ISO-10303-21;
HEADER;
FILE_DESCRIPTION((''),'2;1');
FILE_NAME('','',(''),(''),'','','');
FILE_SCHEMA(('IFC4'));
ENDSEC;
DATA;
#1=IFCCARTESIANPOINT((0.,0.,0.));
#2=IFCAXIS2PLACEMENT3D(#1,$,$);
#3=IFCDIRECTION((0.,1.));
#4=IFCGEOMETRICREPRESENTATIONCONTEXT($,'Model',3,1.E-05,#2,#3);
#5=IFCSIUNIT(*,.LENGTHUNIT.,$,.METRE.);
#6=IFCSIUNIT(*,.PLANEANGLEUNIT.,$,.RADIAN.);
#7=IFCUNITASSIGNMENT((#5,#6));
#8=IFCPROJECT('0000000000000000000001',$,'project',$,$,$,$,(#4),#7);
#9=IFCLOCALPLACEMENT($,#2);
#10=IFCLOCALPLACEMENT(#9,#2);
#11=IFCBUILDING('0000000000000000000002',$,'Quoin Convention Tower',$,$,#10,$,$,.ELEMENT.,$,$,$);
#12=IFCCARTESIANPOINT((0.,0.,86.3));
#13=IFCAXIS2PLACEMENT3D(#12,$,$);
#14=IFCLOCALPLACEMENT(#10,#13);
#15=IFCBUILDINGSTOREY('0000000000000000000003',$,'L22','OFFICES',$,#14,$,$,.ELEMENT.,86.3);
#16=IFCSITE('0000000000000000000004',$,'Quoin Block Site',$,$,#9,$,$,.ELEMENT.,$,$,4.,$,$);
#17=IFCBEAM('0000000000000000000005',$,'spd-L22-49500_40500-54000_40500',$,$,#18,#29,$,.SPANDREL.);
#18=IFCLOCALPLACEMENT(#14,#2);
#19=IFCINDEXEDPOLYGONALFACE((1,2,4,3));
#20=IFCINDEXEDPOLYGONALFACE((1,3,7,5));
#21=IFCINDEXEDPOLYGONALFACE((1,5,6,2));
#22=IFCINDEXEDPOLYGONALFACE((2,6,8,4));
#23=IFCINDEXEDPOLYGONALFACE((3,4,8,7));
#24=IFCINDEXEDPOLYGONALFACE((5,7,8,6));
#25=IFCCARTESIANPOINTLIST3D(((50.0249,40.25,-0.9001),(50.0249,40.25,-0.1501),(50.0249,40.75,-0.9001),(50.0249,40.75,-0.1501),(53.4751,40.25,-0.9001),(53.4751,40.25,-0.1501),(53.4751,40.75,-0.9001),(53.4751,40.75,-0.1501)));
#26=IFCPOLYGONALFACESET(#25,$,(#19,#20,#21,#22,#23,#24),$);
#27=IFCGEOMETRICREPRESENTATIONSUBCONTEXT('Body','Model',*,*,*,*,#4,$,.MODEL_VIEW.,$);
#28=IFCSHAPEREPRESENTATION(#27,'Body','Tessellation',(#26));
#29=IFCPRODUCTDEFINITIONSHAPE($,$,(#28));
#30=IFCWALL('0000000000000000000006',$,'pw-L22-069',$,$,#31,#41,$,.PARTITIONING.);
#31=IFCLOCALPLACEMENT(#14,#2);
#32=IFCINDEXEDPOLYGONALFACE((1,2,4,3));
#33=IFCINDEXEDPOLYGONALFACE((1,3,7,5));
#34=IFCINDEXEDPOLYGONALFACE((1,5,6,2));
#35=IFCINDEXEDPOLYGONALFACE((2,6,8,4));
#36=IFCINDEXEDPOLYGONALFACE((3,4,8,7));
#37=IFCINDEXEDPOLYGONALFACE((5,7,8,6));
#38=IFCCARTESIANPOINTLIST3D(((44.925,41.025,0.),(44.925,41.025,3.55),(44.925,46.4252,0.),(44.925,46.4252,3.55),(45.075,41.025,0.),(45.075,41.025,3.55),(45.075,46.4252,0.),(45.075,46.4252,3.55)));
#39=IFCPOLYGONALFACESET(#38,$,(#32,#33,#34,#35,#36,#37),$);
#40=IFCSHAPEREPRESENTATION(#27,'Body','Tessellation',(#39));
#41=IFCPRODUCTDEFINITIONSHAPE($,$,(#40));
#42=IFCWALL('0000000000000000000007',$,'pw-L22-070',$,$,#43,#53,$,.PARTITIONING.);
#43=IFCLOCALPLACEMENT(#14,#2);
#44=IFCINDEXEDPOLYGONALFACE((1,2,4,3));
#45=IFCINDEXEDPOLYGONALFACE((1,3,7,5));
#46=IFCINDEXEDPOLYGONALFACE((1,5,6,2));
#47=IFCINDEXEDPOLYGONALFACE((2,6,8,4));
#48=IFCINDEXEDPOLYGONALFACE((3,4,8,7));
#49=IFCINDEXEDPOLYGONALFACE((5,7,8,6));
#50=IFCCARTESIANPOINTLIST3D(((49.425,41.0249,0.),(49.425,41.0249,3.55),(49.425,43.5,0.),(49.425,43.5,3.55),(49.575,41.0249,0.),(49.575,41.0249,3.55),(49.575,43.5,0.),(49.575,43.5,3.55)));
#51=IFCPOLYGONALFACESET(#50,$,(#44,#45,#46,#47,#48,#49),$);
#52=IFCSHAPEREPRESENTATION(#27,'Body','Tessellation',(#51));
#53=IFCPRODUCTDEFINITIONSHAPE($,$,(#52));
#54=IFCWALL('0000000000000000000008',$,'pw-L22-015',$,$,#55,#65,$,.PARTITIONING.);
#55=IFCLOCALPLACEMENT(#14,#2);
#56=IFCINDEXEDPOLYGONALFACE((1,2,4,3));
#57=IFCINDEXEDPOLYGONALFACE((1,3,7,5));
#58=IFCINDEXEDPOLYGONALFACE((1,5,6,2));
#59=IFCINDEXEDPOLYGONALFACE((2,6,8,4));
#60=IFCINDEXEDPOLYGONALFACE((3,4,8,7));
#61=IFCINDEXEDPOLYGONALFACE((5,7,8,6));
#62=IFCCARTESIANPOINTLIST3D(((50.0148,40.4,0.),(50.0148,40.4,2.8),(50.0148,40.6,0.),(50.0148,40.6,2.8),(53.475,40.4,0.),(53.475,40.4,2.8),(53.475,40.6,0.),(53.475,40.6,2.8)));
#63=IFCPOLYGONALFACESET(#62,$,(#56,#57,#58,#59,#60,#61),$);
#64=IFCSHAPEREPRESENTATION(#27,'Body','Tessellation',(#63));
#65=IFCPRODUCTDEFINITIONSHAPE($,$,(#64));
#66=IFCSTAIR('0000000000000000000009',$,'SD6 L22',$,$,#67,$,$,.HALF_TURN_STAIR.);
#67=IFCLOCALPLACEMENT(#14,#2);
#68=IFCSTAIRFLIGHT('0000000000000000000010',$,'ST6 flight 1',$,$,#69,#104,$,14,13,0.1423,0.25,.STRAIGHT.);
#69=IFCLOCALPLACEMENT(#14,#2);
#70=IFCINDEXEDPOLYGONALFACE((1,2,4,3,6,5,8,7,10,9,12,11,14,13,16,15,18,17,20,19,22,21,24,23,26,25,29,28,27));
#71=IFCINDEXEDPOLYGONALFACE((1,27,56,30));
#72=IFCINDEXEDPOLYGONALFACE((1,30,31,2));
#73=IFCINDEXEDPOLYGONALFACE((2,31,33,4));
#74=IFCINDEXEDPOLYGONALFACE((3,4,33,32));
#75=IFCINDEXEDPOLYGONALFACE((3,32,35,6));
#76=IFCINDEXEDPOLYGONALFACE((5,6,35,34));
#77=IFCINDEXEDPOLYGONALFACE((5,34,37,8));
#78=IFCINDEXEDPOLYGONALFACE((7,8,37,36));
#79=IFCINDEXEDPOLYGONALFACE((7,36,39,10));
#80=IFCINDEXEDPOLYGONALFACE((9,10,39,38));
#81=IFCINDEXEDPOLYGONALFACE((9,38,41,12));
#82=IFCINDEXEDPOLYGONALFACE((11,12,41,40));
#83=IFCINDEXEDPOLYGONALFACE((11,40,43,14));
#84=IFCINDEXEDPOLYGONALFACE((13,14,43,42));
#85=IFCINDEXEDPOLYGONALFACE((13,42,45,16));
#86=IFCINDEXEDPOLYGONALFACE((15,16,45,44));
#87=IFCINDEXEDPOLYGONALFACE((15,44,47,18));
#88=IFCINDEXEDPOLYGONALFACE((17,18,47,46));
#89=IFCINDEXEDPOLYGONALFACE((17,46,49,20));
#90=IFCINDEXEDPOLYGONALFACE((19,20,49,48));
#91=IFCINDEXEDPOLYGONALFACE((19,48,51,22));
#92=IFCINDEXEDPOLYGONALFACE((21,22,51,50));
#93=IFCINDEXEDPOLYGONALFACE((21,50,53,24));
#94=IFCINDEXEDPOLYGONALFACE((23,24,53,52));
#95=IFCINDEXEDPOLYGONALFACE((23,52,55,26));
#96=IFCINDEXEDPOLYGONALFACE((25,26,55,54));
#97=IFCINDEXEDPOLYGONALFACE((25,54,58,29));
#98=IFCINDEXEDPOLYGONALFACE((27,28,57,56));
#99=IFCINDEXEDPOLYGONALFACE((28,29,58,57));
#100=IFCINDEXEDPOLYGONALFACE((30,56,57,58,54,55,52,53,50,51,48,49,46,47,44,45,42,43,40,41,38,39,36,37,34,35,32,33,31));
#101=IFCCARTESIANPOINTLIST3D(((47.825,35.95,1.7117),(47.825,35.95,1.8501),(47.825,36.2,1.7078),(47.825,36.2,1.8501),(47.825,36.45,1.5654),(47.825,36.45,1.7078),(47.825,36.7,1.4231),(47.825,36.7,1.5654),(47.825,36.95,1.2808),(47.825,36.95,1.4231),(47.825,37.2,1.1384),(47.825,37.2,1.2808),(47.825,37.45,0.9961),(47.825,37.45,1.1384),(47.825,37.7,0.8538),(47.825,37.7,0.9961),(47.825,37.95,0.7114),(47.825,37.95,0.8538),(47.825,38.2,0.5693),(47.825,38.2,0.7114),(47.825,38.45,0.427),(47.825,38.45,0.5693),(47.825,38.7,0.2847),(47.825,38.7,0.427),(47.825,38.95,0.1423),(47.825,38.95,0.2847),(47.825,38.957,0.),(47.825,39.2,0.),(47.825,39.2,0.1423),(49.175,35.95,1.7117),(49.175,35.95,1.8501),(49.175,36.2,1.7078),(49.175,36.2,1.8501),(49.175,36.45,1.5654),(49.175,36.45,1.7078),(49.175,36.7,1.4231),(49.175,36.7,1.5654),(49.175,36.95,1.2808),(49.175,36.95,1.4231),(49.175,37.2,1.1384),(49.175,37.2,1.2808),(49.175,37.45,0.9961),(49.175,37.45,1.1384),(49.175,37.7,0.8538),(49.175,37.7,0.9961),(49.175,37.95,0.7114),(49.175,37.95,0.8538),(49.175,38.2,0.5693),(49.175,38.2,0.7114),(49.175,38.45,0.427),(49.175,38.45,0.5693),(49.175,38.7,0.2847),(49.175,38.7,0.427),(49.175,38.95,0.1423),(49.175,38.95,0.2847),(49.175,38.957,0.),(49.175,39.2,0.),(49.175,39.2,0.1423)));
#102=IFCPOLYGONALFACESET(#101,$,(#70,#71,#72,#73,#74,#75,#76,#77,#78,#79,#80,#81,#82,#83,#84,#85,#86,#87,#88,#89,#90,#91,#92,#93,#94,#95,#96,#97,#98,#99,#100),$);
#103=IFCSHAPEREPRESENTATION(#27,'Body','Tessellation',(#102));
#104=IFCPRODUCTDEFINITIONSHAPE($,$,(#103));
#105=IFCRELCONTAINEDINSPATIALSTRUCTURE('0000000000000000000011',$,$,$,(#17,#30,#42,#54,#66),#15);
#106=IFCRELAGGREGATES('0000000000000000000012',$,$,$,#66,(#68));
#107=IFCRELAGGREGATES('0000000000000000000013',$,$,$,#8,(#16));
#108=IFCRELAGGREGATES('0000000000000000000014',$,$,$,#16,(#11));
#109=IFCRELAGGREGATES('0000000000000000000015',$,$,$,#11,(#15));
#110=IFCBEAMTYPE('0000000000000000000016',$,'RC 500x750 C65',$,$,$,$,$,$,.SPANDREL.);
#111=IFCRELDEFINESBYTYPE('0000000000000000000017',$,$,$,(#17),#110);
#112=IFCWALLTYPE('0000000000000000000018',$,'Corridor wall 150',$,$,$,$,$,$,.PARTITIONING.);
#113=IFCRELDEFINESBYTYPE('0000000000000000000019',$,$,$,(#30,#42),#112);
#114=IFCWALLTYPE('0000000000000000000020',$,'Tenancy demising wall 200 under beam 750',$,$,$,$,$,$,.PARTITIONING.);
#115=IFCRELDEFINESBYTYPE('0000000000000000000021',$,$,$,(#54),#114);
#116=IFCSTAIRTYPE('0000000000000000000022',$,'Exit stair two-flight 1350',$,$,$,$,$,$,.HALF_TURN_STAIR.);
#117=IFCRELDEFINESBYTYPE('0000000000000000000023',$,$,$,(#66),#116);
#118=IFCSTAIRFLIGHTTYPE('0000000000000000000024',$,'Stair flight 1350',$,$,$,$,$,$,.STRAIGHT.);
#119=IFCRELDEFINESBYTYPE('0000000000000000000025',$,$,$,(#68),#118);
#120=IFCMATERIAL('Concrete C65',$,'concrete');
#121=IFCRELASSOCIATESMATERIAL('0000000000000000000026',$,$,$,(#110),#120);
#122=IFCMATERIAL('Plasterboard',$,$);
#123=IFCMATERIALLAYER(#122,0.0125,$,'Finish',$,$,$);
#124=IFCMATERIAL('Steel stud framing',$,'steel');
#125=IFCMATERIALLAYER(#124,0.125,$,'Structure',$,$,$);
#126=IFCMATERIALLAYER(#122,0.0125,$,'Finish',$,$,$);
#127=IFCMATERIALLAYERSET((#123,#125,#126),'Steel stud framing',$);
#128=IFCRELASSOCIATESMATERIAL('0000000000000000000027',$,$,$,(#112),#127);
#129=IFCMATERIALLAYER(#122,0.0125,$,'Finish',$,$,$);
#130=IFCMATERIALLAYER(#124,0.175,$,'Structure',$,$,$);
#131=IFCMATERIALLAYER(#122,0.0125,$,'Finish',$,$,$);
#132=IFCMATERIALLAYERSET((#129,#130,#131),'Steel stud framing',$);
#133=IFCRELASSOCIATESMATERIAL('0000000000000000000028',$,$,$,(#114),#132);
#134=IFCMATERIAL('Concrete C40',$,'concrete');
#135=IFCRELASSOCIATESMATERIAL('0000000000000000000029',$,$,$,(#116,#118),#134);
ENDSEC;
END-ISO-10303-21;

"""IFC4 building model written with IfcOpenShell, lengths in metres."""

from ifc_helpers import new_model, si_unit, direction, frame, frame_2d, origin, origin_2d, place, context, subcontext, project, spatial, polyline, rectangle, outline, extrude, material, layer, layer_set, material_profile, profile_set, type_object, element, aggregate, save


model = new_model("IFC4")

# Units and contexts
model_context = context("Model", 3, precision=1e-05, world=origin(), true_north=direction((0.0, 1.0)))
body_context = subcontext(model_context, "Body", "Model", "MODEL_VIEW")
ifc_project = project(units=[si_unit("LENGTHUNIT", "METRE"), si_unit("PLANEANGLEUNIT", "RADIAN")], contexts=[model_context])

# Site, building, storey
site_placement = place(None, origin())
site = spatial("IfcSite", under=ifc_project, at=site_placement, Name="Quoin Block Site", CompositionType="ELEMENT", RefElevation=4.0)
building_placement = place(site_placement, origin())
building = spatial("IfcBuilding", under=site, at=building_placement, Name="Quoin Convention Tower", CompositionType="ELEMENT")
storey_placement = place(building_placement, frame((0.0, 0.0, 86.3)))
storey = spatial("IfcBuildingStorey", under=building, at=storey_placement, Name="L22", Description="OFFICES", CompositionType="ELEMENT", Elevation=86.3)

# Shared definitions
ifc_material_1 = material(Name="Concrete C65", Category="concrete")

# Beam
ifc_material_profile_1 = material_profile(ifc_material_1, rectangle(XDim=0.5, YDim=0.75, at=origin_2d()), Name="RC 500x750")
ifc_profile_set_1 = profile_set([ifc_material_profile_1], Name="Concrete C65")
beam_type_1 = type_object("IfcBeamType", Name="RC 500x750 C65", PredefinedType="SPANDREL", material=ifc_profile_set_1)
for number, where, z_axis, x_axis, name in (
    (1, (50.0249, 40.5, -0.5251), (1.0, 0.0, 0.0), (0.0, 1.0, 0.0), "spd-L22-49500_40500-54000_40500"),
):
    element("IfcBeam", number, at=place(storey_placement, frame(where, z_axis=z_axis, x_axis=x_axis)), inside=storey, type_object=beam_type_1, Name=name, PredefinedType="SPANDREL", context=body_context, shape_type="SweptSolid", body=[
        extrude(rectangle(XDim=0.5, YDim=0.75, at=origin_2d()), origin(), (0.0, 0.0, 1.0), 3.4502),
    ])

# Walls
ifc_material_2 = material(Name="Plasterboard")
ifc_layer_1 = layer(ifc_material_2, 0.0125, Name="Finish")
ifc_material_3 = material(Name="Steel stud framing", Category="steel")
ifc_layer_2 = layer(ifc_material_3, 0.125, Name="Structure")
ifc_layer_3 = layer(ifc_material_2, 0.0125, Name="Finish")
ifc_layer_set_1 = layer_set([ifc_layer_1, ifc_layer_2, ifc_layer_3], Name="Steel stud framing")
wall_type_1 = type_object("IfcWallType", Name="Corridor wall 150", PredefinedType="PARTITIONING", material=ifc_layer_set_1)
wall_1_placement = place(storey_placement, frame((45.0, 41.0249, 0.0), z_axis=(0.0, 0.0, 1.0), x_axis=(0.0, 1.0, 0.0)))
element("IfcWall", 2, at=wall_1_placement, inside=storey, type_object=wall_type_1, Name="pw-L22-069", PredefinedType="PARTITIONING", context=body_context, shape_type="SweptSolid", body=[
    extrude(rectangle(XDim=5.4001, YDim=0.1499, at=frame_2d((2.7002, 0.0))), origin(), (0.0, 0.0, 1.0), 3.55),
])
wall_2_placement = place(storey_placement, frame((49.5, 41.0249, 0.0), z_axis=(0.0, 0.0, 1.0), x_axis=(0.0, 1.0, 0.0)))
element("IfcWall", 3, at=wall_2_placement, inside=storey, type_object=wall_type_1, Name="pw-L22-070", PredefinedType="PARTITIONING", context=body_context, shape_type="SweptSolid", body=[
    extrude(rectangle(XDim=2.4751, YDim=0.1499, at=frame_2d((1.2375, 0.0))), origin(), (0.0, 0.0, 1.0), 3.55),
])
ifc_layer_4 = layer(ifc_material_2, 0.0125, Name="Finish")
ifc_layer_5 = layer(ifc_material_3, 0.175, Name="Structure")
ifc_layer_6 = layer(ifc_material_2, 0.0125, Name="Finish")
ifc_layer_set_2 = layer_set([ifc_layer_4, ifc_layer_5, ifc_layer_6], Name="Steel stud framing")
wall_type_2 = type_object("IfcWallType", Name="Tenancy demising wall 200 under beam 750", PredefinedType="PARTITIONING", material=ifc_layer_set_2)
wall_3_placement = place(storey_placement, frame((50.0149, 40.5, 0.0), z_axis=(0.0, 0.0, 1.0), x_axis=(1.0, 0.0, 0.0)))
element("IfcWall", 4, at=wall_3_placement, inside=storey, type_object=wall_type_2, Name="pw-L22-015", PredefinedType="PARTITIONING", context=body_context, shape_type="SweptSolid", body=[
    extrude(rectangle(XDim=3.4602, YDim=0.2, at=frame_2d((1.73, 0.0))), origin(), (0.0, 0.0, 1.0), 2.8),
])

# Stair, stair flight
ifc_material_4 = material(Name="Concrete C40", Category="concrete")
stair_type = type_object("IfcStairType", Name="Exit stair two-flight 1350", PredefinedType="HALF_TURN_STAIR", material=ifc_material_4)
stair_placement = place(storey_placement, origin())
stair = element("IfcStair", 5, at=stair_placement, inside=storey, type_object=stair_type, Name="SD6 L22", PredefinedType="HALF_TURN_STAIR")
stair_flight_type = type_object("IfcStairFlightType", Name="Stair flight 1350", PredefinedType="STRAIGHT", material=ifc_material_4)
stair_flight_placement = place(storey_placement, frame((48.5, 39.2, 0.0), z_axis=(0.0, 0.0, 1.0), x_axis=(0.0, -1.0, 0.0)))
stair_flight = element("IfcStairFlight", 6, at=stair_flight_placement, type_object=stair_flight_type, Name="ST6 flight 1", NumberOfRisers=14, NumberOfTreads=13, PredefinedType="STRAIGHT", RiserHeight=0.1423, TreadLength=0.25, context=body_context, shape_type="SweptSolid", body=[
    extrude(outline(polyline([(0.0, 0.0), (0.0, 0.1423), (0.25, 0.1423), (0.25, 0.2847), (0.5, 0.2847), (0.5, 0.427), (0.75, 0.427), (0.75, 0.5693), (1.0, 0.5693), (1.0, 0.7114), (1.25, 0.7114), (1.25, 0.8538), (1.5, 0.8538), (1.5, 0.9961), (1.75, 0.9961), (1.75, 1.1384), (2.0, 1.1384), (2.0, 1.2808), (2.25, 1.2808), (2.25, 1.4231), (2.5, 1.4231), (2.5, 1.5654), (2.75, 1.5654), (2.75, 1.7078), (3.0, 1.7078), (3.0, 1.8501), (3.25, 1.8501), (3.25, 1.9922), (3.25, 1.7117), (0.2429, 0.0), (0.0, 0.0)])), frame((0.0, 0.675, 0.0), z_axis=(0.0, -1.0, 0.0), x_axis=(1.0, 0.0, 0.0)), (0.0, 0.0, 1.0), 1.3501),
])
aggregate(stair, [stair_flight])

save(model, "model.ifc")
